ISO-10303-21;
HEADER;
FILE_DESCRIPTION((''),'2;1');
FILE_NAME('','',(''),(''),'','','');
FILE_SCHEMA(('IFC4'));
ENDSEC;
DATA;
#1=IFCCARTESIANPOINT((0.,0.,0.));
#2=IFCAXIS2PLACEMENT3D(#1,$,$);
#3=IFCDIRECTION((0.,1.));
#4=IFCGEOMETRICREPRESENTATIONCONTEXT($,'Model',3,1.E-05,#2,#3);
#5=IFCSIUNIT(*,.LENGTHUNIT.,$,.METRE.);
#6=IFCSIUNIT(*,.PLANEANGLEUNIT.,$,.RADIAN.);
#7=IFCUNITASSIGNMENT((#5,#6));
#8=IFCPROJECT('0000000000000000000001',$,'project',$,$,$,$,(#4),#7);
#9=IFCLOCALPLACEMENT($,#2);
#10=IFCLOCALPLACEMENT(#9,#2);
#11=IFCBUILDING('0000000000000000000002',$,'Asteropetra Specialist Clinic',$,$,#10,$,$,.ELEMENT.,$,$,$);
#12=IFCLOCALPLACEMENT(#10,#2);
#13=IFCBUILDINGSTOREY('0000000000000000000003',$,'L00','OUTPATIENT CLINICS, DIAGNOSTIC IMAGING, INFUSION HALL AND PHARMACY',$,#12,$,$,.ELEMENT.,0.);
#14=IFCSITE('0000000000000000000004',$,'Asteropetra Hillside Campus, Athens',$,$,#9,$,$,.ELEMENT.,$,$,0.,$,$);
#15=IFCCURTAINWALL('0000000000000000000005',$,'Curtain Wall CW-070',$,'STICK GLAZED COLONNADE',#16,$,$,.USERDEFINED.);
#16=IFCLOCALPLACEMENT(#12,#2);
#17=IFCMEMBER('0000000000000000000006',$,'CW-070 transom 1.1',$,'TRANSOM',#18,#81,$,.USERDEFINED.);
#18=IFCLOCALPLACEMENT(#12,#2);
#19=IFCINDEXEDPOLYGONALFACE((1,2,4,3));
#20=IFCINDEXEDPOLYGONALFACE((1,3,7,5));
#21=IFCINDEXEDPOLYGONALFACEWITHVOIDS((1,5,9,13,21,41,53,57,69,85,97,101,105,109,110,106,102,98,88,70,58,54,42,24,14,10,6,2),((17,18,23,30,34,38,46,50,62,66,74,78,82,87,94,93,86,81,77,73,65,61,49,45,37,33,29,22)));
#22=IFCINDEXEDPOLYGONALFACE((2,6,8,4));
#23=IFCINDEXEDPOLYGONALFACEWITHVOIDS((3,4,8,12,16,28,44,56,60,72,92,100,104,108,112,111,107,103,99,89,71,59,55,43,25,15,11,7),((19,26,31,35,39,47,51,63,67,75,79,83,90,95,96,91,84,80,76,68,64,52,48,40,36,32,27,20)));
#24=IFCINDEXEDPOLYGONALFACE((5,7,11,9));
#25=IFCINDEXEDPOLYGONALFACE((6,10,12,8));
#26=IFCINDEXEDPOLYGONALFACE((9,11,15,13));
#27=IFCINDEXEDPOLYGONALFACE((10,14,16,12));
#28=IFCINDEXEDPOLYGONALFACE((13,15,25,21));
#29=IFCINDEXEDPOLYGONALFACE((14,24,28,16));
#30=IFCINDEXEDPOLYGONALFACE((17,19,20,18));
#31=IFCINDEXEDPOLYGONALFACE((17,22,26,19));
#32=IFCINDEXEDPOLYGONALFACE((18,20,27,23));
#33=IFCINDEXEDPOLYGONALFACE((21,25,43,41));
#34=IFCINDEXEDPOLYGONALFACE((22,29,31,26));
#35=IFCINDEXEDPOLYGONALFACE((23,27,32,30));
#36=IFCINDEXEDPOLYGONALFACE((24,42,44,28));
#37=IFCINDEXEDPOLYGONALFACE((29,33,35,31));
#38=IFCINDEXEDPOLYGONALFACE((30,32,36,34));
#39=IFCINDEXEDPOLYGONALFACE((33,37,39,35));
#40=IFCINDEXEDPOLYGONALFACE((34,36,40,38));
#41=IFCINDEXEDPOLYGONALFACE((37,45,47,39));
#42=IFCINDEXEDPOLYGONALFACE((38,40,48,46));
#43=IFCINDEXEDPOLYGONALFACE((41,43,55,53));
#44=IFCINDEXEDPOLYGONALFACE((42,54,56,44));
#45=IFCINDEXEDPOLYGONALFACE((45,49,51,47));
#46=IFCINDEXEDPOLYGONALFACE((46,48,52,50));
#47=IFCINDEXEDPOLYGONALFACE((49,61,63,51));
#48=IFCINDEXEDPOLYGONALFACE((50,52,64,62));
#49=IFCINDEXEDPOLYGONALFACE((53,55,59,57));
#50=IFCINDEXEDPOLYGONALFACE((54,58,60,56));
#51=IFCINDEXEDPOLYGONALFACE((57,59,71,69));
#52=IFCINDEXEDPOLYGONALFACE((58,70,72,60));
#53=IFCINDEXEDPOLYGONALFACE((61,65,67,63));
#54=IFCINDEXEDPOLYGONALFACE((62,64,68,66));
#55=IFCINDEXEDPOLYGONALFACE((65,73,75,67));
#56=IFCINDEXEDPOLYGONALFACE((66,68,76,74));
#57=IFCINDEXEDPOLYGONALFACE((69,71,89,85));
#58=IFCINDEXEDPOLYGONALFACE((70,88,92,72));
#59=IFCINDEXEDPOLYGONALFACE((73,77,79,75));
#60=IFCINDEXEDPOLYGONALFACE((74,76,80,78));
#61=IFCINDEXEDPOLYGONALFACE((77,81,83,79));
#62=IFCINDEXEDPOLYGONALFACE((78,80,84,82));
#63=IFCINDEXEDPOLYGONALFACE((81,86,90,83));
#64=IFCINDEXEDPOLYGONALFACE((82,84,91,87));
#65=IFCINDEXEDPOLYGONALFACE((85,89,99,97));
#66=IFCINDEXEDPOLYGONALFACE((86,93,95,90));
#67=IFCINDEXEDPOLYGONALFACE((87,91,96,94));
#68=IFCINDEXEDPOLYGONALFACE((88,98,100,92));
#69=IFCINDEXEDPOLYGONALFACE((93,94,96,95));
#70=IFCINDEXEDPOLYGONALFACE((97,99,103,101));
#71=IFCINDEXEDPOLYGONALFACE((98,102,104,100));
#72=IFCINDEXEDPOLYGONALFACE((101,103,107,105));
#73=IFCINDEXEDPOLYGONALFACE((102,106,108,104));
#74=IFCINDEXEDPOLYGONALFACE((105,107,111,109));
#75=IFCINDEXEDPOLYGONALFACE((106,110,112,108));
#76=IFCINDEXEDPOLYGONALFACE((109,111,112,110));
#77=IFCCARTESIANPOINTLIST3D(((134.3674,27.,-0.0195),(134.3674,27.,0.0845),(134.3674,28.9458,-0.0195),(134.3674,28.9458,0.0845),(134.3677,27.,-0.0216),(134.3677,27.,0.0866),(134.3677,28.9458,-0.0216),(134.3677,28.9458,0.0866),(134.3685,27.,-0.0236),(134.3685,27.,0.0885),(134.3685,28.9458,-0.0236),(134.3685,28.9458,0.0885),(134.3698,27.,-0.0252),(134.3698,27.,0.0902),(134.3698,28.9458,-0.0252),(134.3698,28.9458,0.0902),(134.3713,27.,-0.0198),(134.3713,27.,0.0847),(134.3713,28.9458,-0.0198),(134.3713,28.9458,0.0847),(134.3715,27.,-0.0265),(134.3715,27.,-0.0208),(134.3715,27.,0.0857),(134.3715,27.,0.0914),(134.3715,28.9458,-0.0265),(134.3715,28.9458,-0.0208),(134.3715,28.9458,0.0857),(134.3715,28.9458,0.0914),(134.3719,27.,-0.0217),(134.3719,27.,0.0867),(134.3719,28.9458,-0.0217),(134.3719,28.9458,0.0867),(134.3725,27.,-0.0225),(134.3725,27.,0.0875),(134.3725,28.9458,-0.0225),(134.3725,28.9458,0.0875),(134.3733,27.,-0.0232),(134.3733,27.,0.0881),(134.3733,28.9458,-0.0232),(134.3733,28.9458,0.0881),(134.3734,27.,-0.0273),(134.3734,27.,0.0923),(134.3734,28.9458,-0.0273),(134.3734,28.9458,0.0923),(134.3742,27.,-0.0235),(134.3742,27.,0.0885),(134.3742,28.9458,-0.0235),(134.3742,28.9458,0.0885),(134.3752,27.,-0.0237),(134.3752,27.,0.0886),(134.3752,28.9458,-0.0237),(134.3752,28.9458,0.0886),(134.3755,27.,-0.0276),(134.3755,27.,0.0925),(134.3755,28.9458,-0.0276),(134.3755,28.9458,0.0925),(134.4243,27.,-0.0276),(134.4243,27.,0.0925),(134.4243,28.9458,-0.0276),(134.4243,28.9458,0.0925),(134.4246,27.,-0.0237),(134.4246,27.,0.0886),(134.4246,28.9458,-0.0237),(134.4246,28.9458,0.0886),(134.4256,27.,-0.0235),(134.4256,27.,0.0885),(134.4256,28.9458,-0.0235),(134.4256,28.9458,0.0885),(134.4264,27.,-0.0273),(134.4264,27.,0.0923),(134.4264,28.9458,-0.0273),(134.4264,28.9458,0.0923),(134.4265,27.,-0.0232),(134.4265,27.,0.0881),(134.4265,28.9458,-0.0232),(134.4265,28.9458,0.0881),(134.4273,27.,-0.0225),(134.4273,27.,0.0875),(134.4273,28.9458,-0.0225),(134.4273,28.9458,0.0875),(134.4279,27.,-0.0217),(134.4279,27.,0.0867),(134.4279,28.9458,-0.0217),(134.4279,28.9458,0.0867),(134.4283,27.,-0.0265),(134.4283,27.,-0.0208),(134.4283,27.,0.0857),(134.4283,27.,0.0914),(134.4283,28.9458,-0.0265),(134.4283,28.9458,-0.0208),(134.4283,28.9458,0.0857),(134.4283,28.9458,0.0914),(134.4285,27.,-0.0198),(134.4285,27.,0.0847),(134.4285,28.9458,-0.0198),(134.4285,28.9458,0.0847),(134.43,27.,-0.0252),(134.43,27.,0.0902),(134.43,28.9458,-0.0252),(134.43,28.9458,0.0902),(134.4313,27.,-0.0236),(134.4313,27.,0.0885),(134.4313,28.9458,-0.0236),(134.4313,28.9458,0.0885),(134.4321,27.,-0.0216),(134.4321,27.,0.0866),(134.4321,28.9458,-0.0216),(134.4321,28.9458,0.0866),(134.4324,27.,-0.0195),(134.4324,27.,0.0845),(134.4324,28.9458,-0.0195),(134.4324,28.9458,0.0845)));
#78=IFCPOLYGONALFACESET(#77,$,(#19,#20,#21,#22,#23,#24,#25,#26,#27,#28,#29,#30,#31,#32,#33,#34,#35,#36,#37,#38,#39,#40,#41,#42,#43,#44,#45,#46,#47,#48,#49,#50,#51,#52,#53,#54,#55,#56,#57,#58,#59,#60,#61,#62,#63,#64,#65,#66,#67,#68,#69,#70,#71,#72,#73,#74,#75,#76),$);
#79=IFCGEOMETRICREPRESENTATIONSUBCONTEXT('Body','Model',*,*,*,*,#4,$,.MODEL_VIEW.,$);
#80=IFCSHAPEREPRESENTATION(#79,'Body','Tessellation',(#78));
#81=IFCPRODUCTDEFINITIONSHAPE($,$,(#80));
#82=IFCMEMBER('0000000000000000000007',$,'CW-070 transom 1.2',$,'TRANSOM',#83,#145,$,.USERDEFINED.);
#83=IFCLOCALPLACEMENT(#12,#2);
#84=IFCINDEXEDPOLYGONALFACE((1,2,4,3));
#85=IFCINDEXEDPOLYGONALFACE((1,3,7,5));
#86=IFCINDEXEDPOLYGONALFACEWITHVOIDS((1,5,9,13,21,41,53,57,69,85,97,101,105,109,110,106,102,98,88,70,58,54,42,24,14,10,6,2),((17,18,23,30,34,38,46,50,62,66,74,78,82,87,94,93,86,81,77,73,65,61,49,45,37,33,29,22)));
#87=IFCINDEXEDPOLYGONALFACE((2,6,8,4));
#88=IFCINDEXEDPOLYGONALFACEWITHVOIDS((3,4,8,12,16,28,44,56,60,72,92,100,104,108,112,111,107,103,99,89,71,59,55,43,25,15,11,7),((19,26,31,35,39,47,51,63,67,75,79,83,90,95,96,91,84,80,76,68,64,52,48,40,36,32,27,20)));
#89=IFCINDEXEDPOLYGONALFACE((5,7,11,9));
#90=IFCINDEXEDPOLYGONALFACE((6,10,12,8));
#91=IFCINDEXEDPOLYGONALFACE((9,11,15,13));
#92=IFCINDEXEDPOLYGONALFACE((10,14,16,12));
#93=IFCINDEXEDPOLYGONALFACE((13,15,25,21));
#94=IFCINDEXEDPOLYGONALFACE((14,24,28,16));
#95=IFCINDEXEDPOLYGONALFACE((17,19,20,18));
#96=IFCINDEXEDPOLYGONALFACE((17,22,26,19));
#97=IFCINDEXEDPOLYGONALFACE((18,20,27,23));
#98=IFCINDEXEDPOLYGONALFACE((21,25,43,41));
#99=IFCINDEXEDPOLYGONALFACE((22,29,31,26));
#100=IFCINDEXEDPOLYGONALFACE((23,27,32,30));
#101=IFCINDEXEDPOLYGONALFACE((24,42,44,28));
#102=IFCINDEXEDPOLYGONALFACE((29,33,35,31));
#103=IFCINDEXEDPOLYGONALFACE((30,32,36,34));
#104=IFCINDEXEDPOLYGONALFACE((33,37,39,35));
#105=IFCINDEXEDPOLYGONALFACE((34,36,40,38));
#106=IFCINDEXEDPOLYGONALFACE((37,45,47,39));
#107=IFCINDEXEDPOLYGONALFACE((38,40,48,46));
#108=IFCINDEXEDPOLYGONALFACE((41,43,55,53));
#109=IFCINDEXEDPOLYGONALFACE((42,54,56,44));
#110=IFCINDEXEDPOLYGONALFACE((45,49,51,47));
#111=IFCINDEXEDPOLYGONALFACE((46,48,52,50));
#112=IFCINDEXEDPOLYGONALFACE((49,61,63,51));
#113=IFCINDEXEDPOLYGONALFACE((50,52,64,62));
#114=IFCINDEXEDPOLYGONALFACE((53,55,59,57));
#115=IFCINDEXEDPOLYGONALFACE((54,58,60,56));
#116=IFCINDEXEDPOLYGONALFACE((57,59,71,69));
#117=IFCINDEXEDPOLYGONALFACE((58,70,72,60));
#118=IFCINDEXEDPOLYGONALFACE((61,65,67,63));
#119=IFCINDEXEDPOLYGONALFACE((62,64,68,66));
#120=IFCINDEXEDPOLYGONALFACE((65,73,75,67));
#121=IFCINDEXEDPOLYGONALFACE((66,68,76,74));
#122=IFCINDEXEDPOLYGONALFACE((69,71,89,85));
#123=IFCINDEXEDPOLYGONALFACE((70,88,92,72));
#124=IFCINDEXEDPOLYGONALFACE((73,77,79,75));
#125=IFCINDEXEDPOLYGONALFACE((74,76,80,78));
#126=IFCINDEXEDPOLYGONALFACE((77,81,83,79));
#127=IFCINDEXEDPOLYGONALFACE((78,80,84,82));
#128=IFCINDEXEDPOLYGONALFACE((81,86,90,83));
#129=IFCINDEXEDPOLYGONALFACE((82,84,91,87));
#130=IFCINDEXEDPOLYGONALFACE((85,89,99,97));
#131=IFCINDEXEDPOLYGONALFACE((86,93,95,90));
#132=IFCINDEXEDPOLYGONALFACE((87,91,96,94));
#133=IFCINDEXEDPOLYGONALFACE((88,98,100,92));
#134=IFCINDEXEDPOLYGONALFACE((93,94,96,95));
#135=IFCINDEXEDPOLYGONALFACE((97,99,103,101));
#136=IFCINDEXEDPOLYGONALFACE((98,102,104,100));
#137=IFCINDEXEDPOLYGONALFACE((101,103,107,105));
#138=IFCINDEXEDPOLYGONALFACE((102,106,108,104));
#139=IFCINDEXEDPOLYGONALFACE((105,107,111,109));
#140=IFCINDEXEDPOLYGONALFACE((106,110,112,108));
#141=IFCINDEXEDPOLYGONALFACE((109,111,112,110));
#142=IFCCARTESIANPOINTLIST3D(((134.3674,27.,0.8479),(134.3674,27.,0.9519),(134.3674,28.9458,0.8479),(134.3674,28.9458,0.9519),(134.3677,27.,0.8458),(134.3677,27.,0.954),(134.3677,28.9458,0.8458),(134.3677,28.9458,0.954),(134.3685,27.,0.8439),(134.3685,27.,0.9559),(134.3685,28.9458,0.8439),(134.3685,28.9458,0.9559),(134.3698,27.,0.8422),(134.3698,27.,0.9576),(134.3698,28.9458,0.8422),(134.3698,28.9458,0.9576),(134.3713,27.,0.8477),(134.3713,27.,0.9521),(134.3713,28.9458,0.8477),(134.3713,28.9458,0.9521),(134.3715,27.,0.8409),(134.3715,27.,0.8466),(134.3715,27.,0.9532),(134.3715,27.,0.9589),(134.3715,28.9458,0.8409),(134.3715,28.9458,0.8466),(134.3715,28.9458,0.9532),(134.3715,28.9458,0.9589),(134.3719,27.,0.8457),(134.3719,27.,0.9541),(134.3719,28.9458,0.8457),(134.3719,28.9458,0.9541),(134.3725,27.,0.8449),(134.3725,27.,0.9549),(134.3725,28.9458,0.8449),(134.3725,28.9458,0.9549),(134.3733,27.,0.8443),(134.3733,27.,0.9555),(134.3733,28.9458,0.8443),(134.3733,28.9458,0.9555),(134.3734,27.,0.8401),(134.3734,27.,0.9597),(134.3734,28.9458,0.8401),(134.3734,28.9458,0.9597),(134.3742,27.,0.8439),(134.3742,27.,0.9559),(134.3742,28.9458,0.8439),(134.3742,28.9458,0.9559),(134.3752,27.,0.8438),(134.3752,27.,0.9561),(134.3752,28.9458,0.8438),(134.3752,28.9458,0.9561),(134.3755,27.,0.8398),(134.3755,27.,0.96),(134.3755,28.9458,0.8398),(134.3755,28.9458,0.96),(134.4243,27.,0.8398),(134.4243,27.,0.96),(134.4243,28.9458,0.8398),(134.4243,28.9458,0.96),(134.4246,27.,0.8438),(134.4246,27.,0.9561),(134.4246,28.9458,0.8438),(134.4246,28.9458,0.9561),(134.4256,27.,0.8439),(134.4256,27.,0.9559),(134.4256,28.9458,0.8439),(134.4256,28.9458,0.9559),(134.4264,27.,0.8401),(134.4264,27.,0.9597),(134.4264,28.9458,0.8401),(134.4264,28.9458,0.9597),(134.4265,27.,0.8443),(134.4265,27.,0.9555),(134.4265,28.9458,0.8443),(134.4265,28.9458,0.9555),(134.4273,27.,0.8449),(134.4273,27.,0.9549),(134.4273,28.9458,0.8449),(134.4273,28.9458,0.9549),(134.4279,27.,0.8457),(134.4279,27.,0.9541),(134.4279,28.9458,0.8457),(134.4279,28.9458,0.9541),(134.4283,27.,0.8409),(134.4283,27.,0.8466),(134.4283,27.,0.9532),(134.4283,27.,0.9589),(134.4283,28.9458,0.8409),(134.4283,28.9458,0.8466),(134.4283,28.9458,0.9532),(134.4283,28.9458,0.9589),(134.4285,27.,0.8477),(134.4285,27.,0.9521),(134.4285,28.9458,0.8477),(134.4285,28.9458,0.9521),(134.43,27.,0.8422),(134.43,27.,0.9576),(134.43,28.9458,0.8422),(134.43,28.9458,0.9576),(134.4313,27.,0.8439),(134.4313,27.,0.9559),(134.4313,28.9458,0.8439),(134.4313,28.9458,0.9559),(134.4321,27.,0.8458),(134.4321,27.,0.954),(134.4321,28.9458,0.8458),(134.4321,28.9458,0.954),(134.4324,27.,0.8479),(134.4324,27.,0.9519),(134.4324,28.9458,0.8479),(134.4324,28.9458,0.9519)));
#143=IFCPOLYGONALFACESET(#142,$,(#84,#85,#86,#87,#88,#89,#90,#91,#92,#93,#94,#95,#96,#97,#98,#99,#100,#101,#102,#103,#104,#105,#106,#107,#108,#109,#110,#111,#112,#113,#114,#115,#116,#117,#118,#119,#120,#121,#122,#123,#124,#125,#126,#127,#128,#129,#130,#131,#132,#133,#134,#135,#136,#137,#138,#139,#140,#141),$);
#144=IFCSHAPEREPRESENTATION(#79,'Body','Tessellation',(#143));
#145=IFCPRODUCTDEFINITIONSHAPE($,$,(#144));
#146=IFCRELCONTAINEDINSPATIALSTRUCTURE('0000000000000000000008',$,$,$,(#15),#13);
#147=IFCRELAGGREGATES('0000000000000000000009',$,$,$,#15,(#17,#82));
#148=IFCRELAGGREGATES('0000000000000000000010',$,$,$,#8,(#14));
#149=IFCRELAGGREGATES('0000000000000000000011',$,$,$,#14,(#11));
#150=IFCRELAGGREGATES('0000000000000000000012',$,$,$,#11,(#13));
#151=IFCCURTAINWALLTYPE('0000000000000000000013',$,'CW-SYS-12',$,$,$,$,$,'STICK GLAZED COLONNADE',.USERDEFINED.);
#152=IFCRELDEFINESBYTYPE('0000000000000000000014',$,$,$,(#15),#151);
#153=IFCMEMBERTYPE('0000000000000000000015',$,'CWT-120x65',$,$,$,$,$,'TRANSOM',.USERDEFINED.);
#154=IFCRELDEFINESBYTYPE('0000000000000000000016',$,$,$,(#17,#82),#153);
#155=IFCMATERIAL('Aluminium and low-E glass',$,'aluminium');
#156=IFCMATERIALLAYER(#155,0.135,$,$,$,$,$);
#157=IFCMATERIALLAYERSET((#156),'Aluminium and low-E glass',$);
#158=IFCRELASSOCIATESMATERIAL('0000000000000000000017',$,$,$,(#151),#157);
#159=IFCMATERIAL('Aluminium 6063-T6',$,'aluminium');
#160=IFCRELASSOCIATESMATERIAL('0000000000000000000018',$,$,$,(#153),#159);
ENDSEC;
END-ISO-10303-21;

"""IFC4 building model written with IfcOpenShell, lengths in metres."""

from ifc_helpers import new_model, si_unit, direction, frame, origin, origin_2d, place, context, subcontext, project, spatial, hollow_rectangle, extrude, material, layer, layer_set, material_profile, profile_set, type_object, element, aggregate, save


model = new_model("IFC4")

# Units and contexts
model_context = context("Model", 3, precision=1e-05, world=origin(), true_north=direction((0.0, 1.0)))
body_context = subcontext(model_context, "Body", "Model", "MODEL_VIEW")
ifc_project = project(units=[si_unit("LENGTHUNIT", "METRE"), si_unit("PLANEANGLEUNIT", "RADIAN")], contexts=[model_context])

# Site, building, storey
site_placement = place(None, origin())
site = spatial("IfcSite", under=ifc_project, at=site_placement, Name="Asteropetra Hillside Campus, Athens", CompositionType="ELEMENT", RefElevation=0.0)
building_placement = place(site_placement, origin())
building = spatial("IfcBuilding", under=site, at=building_placement, Name="Asteropetra Specialist Clinic", CompositionType="ELEMENT")
storey_placement = place(building_placement, origin())
storey = spatial("IfcBuildingStorey", under=building, at=storey_placement, Name="L00", Description="OUTPATIENT CLINICS, DIAGNOSTIC IMAGING, INFUSION HALL AND PHARMACY", CompositionType="ELEMENT", Elevation=0.0)

# Curtain wall
ifc_material_1 = material(Name="Aluminium and low-E glass", Category="aluminium")
ifc_layer_1 = layer(ifc_material_1, 0.135)
ifc_layer_set_1 = layer_set([ifc_layer_1], Name="Aluminium and low-E glass")
curtain_wall_type_1 = type_object("IfcCurtainWallType", Name="CW-SYS-12", ElementType="STICK GLAZED COLONNADE", PredefinedType="USERDEFINED", material=ifc_layer_set_1)
curtain_wall_1_placement = place(storey_placement, origin())
curtain_wall_1 = element("IfcCurtainWall", 1, at=curtain_wall_1_placement, inside=storey, type_object=curtain_wall_type_1, Name="Curtain Wall CW-070", ObjectType="STICK GLAZED COLONNADE", PredefinedType="USERDEFINED")

# Members
ifc_material_2 = material(Name="Aluminium 6063-T6", Category="aluminium")
ifc_material_profile_1 = material_profile(ifc_material_2, hollow_rectangle(XDim=0.0649, YDim=0.1201, WallThickness=0.0039, InnerFilletRadius=0.0039, OuterFilletRadius=0.0081, at=origin_2d()), Name="TRN 120x65x4.0")
ifc_profile_set_1 = profile_set([ifc_material_profile_1], Name="Aluminium 6063-T6")
member_type_1 = type_object("IfcMemberType", Name="CWT-120x65", ElementType="TRANSOM", PredefinedType="USERDEFINED", material=ifc_profile_set_1)
member_1_placement = place(storey_placement, frame((134.3999, 27.0, 0.0325), z_axis=(0.0, 1.0, 0.0), x_axis=(-1.0, 0.0, 0.0)))
member_1 = element("IfcMember", 2, at=member_1_placement, type_object=member_type_1, Name="CW-070 transom 1.1", ObjectType="TRANSOM", PredefinedType="USERDEFINED", context=body_context, shape_type="SweptSolid", body=[
    extrude(hollow_rectangle(XDim=0.0649, YDim=0.1201, WallThickness=0.0039, InnerFilletRadius=0.0039, OuterFilletRadius=0.0081, at=origin_2d()), origin(), (0.0, 0.0, 1.0), 1.9458),
])
member_2_placement = place(storey_placement, frame((134.3999, 27.0, 0.8999), z_axis=(0.0, 1.0, 0.0), x_axis=(-1.0, 0.0, 0.0)))
member_2 = element("IfcMember", 3, at=member_2_placement, type_object=member_type_1, Name="CW-070 transom 1.2", ObjectType="TRANSOM", PredefinedType="USERDEFINED", context=body_context, shape_type="SweptSolid", body=[
    extrude(hollow_rectangle(XDim=0.0649, YDim=0.1201, WallThickness=0.0039, InnerFilletRadius=0.0039, OuterFilletRadius=0.0081, at=origin_2d()), origin(), (0.0, 0.0, 1.0), 1.9458),
])

aggregate(curtain_wall_1, [member_1, member_2])

save(model, "model.ifc")
